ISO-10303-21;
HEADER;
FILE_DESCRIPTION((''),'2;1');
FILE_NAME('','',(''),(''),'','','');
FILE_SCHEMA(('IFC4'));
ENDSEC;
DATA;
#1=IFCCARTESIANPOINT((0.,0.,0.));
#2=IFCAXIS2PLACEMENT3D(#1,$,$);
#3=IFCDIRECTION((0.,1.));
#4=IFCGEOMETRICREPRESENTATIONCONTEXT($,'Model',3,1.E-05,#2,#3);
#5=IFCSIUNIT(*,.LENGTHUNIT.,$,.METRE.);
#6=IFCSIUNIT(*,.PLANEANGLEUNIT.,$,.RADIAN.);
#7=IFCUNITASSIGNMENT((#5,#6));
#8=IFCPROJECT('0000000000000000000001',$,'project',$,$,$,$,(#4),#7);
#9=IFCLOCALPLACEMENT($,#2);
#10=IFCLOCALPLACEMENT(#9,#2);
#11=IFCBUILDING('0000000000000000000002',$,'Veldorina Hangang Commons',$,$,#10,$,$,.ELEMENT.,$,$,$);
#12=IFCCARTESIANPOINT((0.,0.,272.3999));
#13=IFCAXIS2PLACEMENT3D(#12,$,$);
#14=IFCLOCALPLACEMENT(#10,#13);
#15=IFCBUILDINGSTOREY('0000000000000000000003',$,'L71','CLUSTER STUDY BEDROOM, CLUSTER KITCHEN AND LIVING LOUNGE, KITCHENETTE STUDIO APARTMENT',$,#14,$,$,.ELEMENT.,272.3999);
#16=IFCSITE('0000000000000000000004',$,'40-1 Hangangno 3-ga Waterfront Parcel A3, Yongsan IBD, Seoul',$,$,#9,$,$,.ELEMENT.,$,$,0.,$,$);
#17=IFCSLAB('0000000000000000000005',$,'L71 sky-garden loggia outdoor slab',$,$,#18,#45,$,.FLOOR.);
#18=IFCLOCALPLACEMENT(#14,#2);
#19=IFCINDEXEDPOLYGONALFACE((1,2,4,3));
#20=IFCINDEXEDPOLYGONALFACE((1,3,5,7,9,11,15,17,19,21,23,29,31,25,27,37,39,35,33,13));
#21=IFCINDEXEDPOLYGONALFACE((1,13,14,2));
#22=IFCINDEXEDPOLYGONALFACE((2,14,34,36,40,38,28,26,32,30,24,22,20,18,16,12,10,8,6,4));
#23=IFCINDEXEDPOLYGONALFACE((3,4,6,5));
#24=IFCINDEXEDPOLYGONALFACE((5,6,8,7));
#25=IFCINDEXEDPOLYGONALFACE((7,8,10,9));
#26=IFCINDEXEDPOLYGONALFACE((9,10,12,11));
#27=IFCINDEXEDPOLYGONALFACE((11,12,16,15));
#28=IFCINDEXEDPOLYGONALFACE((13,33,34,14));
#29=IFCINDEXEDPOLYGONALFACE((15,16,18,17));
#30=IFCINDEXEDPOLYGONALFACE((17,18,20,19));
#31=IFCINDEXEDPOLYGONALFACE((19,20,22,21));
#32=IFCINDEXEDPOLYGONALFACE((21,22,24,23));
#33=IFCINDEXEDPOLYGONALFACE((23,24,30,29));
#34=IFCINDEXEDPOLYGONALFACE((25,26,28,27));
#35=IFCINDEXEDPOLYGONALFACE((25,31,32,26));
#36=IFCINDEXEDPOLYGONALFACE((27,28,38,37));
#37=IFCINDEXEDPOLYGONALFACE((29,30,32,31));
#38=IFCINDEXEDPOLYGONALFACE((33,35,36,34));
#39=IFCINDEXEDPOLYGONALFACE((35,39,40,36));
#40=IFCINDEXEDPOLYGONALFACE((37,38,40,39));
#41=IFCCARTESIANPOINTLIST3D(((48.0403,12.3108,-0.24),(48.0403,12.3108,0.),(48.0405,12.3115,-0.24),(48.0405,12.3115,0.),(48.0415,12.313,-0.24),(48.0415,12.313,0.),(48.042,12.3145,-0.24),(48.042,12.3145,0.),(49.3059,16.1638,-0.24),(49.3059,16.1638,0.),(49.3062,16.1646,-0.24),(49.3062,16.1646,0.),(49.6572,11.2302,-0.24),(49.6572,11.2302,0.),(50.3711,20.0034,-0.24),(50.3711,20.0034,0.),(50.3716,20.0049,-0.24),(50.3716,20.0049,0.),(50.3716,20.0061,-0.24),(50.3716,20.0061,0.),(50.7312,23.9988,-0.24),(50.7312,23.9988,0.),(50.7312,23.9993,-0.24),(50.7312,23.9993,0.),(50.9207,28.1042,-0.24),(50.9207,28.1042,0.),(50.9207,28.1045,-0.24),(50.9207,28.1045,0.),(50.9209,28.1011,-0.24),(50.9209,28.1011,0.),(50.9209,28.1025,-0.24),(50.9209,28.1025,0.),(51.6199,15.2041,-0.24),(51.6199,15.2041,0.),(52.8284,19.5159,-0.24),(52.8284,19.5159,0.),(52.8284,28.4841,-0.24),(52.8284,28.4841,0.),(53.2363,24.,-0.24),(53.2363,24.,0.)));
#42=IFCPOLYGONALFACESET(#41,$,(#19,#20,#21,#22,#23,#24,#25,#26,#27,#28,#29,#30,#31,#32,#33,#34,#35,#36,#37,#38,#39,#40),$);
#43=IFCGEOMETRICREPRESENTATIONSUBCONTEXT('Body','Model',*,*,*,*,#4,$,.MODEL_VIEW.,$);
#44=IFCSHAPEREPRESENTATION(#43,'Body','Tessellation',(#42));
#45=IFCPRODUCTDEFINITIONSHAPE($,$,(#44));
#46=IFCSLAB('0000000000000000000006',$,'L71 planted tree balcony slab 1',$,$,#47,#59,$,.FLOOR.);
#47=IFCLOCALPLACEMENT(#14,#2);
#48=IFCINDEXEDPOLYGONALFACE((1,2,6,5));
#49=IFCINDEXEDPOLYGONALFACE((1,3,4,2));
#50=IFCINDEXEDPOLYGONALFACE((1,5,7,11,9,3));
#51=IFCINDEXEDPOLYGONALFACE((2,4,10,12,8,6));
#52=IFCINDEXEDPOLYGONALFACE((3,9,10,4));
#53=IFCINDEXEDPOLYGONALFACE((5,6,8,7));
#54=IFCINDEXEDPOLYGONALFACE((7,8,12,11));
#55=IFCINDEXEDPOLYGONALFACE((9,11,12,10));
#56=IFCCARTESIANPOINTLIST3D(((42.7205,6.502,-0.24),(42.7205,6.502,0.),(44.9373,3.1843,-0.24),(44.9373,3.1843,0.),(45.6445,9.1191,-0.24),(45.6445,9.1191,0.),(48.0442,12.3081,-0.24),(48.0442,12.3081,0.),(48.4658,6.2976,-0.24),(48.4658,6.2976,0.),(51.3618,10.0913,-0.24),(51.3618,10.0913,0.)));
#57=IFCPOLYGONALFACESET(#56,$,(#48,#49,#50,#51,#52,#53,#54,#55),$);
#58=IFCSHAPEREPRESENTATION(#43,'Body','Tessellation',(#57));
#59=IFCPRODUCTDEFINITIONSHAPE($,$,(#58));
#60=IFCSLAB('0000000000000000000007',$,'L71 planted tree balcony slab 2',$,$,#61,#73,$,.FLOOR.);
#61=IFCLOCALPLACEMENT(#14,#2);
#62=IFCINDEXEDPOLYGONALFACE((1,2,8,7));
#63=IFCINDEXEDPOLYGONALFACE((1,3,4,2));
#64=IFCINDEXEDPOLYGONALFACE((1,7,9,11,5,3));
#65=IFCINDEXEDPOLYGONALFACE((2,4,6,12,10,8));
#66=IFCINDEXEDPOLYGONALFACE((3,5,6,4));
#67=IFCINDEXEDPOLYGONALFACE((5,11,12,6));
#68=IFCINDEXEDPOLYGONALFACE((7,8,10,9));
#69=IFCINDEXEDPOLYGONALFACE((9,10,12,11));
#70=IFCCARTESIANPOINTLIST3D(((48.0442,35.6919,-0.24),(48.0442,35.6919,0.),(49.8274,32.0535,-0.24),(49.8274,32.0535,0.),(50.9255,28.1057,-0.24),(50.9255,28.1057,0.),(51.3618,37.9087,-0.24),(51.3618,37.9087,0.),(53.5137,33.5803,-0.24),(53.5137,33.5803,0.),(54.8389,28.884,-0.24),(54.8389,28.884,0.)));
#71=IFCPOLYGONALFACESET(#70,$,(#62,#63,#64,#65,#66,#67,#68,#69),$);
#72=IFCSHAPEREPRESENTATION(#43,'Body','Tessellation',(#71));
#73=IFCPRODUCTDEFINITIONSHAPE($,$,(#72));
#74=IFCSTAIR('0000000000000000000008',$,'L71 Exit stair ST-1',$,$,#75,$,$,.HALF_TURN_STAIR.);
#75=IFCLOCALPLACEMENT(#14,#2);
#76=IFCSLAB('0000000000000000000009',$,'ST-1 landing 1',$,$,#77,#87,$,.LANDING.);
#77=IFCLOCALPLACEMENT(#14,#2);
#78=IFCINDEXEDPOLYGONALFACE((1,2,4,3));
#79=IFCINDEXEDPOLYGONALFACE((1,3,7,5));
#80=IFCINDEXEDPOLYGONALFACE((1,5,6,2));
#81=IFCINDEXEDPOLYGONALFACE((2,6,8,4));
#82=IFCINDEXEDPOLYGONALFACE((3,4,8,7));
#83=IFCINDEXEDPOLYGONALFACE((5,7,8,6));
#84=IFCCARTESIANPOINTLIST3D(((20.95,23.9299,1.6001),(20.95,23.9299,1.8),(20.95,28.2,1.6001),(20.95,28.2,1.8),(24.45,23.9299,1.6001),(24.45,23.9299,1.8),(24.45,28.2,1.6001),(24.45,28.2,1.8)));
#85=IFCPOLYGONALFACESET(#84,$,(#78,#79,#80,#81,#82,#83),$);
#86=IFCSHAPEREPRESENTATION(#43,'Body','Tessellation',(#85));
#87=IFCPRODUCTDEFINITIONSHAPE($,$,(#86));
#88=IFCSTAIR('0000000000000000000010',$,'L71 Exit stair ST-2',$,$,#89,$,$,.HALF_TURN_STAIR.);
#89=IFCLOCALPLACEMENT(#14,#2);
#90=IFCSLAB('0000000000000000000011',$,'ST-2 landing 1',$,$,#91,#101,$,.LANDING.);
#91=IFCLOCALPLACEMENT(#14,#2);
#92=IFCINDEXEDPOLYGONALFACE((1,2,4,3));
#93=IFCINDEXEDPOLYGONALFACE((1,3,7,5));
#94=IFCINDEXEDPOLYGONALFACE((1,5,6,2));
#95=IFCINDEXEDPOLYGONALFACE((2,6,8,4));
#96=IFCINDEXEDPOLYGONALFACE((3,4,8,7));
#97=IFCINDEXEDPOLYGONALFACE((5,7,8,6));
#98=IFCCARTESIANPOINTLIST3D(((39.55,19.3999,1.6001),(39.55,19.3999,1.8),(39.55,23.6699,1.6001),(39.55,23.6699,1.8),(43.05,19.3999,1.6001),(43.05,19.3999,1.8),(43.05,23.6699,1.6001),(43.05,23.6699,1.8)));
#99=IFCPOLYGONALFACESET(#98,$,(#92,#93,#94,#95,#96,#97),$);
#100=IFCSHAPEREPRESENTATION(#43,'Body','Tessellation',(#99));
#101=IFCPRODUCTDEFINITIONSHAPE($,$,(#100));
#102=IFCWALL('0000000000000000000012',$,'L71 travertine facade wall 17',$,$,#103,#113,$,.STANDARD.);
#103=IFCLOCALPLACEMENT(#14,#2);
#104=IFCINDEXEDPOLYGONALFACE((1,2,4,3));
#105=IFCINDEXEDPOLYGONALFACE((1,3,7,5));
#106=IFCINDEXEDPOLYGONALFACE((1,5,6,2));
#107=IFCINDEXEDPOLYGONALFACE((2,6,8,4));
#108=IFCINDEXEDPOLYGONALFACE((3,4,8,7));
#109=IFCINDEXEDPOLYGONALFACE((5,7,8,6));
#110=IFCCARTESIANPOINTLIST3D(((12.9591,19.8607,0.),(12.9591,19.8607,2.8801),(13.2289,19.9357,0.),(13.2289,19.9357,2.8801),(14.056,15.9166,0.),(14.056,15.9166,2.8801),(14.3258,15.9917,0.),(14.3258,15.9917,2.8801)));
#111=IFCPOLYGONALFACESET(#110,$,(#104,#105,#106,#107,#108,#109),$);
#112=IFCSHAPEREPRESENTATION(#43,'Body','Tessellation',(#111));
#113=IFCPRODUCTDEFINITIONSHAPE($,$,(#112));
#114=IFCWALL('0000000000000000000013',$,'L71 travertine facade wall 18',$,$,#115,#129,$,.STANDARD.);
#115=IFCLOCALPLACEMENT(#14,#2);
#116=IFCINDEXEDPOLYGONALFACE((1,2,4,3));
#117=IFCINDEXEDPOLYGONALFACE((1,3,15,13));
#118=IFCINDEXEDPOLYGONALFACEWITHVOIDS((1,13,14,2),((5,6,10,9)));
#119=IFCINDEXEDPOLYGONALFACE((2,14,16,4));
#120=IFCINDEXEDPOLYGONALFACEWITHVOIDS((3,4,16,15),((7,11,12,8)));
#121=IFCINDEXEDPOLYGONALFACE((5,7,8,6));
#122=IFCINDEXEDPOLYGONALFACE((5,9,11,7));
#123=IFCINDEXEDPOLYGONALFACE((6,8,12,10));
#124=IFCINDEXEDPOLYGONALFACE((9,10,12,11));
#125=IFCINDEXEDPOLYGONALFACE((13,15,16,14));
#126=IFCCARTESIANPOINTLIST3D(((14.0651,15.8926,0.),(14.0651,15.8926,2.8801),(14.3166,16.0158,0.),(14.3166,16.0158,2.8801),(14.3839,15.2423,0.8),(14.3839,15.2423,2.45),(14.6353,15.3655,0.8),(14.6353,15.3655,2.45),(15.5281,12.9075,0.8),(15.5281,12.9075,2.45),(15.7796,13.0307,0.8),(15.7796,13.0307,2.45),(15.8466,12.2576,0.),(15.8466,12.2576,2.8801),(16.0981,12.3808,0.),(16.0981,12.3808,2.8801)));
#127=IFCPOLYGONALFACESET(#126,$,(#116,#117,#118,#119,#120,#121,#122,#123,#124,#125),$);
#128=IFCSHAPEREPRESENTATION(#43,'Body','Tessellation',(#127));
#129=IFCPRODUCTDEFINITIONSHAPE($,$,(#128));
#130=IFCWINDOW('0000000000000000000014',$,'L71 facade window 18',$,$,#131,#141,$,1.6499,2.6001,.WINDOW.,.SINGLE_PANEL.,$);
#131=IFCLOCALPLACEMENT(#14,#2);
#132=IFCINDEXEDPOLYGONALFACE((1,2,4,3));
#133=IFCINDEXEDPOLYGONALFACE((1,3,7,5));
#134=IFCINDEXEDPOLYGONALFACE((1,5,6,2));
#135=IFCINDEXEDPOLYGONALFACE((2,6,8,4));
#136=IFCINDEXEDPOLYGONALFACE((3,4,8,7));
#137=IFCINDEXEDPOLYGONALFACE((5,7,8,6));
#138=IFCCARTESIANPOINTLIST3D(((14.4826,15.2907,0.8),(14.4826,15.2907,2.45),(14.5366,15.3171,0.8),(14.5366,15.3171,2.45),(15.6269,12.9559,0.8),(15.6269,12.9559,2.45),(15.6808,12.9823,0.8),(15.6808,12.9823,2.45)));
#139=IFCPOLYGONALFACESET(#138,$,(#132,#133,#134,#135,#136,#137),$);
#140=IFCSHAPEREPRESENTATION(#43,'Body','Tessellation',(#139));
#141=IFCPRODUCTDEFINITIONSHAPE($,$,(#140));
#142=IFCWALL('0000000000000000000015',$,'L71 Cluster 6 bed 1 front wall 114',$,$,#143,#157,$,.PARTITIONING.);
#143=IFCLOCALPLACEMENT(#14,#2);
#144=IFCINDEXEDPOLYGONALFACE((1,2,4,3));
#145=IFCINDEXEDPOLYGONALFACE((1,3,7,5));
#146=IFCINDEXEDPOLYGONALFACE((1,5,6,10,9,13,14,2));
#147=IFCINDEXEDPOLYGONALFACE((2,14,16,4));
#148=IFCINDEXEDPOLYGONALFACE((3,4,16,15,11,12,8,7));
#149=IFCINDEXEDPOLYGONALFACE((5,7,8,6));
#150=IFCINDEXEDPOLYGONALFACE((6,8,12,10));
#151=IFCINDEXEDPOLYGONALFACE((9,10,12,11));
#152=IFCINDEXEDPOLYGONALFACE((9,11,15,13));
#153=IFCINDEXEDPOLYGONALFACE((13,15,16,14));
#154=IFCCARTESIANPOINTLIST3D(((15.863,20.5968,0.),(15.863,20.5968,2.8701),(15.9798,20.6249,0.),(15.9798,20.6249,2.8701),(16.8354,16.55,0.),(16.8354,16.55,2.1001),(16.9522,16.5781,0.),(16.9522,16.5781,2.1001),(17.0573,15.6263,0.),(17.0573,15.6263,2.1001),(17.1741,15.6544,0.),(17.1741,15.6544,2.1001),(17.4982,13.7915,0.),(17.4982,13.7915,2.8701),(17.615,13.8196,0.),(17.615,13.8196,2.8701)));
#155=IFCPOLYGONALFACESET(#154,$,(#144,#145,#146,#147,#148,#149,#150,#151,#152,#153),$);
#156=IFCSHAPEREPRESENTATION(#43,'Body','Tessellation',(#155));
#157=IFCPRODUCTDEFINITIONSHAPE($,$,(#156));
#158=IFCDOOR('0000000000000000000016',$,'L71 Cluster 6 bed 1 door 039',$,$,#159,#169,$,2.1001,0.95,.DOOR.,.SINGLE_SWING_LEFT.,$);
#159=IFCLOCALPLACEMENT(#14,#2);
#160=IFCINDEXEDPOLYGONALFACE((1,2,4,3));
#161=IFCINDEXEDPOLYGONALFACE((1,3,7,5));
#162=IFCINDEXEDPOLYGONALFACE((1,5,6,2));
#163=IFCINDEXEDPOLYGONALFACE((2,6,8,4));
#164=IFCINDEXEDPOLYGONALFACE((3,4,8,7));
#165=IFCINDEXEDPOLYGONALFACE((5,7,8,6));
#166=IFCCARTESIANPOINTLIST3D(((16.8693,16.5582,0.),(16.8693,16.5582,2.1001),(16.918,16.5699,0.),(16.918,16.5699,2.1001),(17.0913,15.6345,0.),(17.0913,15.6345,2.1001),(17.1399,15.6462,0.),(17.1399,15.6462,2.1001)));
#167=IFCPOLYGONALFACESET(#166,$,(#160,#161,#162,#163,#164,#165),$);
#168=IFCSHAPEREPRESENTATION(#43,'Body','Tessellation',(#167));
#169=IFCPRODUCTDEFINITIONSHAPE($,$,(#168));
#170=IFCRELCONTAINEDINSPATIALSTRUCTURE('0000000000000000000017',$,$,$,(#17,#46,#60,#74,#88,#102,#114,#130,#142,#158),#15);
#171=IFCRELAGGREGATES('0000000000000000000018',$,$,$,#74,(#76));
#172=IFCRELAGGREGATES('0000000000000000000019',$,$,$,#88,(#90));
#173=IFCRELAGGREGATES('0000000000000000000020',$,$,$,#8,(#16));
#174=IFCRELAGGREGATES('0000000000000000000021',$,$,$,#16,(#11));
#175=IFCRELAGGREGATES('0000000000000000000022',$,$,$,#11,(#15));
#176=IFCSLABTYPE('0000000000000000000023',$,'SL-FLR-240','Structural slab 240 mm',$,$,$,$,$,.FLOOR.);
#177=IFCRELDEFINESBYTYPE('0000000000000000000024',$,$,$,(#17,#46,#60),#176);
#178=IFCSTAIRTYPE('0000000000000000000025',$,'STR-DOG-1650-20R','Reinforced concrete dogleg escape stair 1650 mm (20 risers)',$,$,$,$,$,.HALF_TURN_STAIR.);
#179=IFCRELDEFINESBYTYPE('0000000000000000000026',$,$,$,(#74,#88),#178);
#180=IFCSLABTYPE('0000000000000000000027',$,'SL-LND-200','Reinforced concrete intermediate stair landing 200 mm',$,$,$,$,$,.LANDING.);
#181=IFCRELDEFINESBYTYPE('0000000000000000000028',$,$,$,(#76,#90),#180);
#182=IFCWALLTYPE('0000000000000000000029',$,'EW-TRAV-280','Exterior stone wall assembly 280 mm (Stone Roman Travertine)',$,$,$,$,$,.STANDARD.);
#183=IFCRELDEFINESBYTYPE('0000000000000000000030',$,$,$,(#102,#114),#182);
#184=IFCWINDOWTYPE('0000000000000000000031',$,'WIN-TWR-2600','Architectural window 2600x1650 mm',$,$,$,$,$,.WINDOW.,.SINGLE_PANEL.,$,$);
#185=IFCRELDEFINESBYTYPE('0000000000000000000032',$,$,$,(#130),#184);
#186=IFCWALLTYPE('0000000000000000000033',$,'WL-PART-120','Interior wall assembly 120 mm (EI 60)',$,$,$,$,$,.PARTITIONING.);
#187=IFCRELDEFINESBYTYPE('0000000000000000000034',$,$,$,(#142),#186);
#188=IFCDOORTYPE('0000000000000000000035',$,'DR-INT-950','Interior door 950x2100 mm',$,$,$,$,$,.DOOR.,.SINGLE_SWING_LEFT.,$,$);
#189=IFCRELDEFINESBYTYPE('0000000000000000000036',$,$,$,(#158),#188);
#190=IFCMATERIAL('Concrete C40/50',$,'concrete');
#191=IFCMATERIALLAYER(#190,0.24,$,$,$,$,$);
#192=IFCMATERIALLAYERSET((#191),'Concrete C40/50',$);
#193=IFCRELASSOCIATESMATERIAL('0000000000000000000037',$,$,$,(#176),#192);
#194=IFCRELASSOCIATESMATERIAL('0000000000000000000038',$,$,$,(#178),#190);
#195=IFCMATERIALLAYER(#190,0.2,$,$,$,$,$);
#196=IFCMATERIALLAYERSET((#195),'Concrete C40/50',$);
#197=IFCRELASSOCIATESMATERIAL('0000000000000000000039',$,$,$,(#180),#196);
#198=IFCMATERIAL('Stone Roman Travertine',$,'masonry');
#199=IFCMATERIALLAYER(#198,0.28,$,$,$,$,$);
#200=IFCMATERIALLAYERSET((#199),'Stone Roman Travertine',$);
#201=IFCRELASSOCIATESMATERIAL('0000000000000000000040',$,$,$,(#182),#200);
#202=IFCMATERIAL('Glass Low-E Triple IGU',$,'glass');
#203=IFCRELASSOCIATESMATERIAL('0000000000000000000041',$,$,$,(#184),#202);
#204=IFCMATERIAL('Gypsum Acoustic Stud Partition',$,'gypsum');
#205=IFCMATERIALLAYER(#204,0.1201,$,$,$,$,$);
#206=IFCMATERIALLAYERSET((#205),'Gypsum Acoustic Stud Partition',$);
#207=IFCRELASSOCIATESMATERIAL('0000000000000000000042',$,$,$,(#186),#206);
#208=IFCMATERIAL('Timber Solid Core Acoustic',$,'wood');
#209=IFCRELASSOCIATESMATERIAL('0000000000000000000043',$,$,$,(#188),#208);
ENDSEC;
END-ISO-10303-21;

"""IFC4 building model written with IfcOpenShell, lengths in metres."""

from ifc_helpers import new_model, si_unit, direction, frame, frame_2d, origin, place, context, subcontext, project, spatial, polyline, rectangle, outline, extrude, material, layer, layer_set, type_object, element, fill, aggregate, save


model = new_model("IFC4")

# Units and contexts
model_context = context("Model", 3, precision=1e-05, world=origin(), true_north=direction((0.0, 1.0)))
body_context = subcontext(model_context, "Body", "Model", "MODEL_VIEW")
ifc_project = project(units=[si_unit("LENGTHUNIT", "METRE"), si_unit("PLANEANGLEUNIT", "RADIAN")], contexts=[model_context])

# Site, building, storey
site_placement = place(None, origin())
site = spatial("IfcSite", under=ifc_project, at=site_placement, Name="40-1 Hangangno 3-ga Waterfront Parcel A3, Yongsan IBD, Seoul", CompositionType="ELEMENT", RefElevation=0.0)
building_placement = place(site_placement, origin())
building = spatial("IfcBuilding", under=site, at=building_placement, Name="Veldorina Hangang Commons", CompositionType="ELEMENT")
storey_placement = place(building_placement, frame((0.0, 0.0, 272.3999)))
storey = spatial("IfcBuildingStorey", under=building, at=storey_placement, Name="L71", Description="CLUSTER STUDY BEDROOM, CLUSTER KITCHEN AND LIVING LOUNGE, KITCHENETTE STUDIO APARTMENT", CompositionType="ELEMENT", Elevation=272.3999)

# Slabs
ifc_material_1 = material(Name="Concrete C40/50", Category="concrete")
ifc_layer_1 = layer(ifc_material_1, 0.24)
ifc_layer_set_1 = layer_set([ifc_layer_1], Name="Concrete C40/50")
slab_type_1 = type_object("IfcSlabType", Name="SL-FLR-240", Description="Structural slab 240 mm", PredefinedType="FLOOR", material=ifc_layer_set_1)
slab_1_placement = place(storey_placement, frame((0.0, 0.0, -0.24)))
element("IfcSlab", 1, at=slab_1_placement, inside=storey, type_object=slab_type_1, Name="L71 sky-garden loggia outdoor slab", PredefinedType="FLOOR", context=body_context, shape_type="SweptSolid", body=[
    extrude(outline(polyline([(52.8284, 28.4841), (53.2363, 24.0), (52.8284, 19.5159), (51.6199, 15.2041), (49.6572, 11.2302), (48.0403, 12.3108), (48.0405, 12.3115), (48.0415, 12.313), (48.042, 12.3145), (49.3059, 16.1638), (49.3062, 16.1646), (50.3711, 20.0034), (50.3716, 20.0049), (50.3716, 20.0061), (50.7312, 23.9988), (50.7312, 23.9993), (50.9209, 28.1011), (50.9209, 28.1025), (50.9207, 28.1042), (50.9207, 28.1045), (52.8284, 28.4841)])), origin(), (0.0, 0.0, 1.0), 0.24),
])
slab_2_placement = place(storey_placement, frame((0.0, 0.0, -0.24)))
element("IfcSlab", 2, at=slab_2_placement, inside=storey, type_object=slab_type_1, Name="L71 planted tree balcony slab 1", PredefinedType="FLOOR", context=body_context, shape_type="SweptSolid", body=[
    extrude(outline(polyline([(45.6445, 9.1191), (48.0442, 12.3081), (51.3618, 10.0913), (48.4658, 6.2976), (44.9373, 3.1843), (42.7205, 6.502), (45.6445, 9.1191)])), origin(), (0.0, 0.0, 1.0), 0.24),
])
slab_3_placement = place(storey_placement, frame((0.0, 0.0, -0.24)))
element("IfcSlab", 3, at=slab_3_placement, inside=storey, type_object=slab_type_1, Name="L71 planted tree balcony slab 2", PredefinedType="FLOOR", context=body_context, shape_type="SweptSolid", body=[
    extrude(outline(polyline([(49.8274, 32.0535), (48.0442, 35.6919), (51.3618, 37.9087), (53.5137, 33.5803), (54.8389, 28.884), (50.9255, 28.1057), (49.8274, 32.0535)])), origin(), (0.0, 0.0, 1.0), 0.24),
])

# Stairs, slabs
stair_type = type_object("IfcStairType", Name="STR-DOG-1650-20R", Description="Reinforced concrete dogleg escape stair 1650 mm (20 risers)", PredefinedType="HALF_TURN_STAIR", material=ifc_material_1)
stair_1_placement = place(storey_placement, origin())
stair_1 = element("IfcStair", 4, at=stair_1_placement, inside=storey, type_object=stair_type, Name="L71 Exit stair ST-1", PredefinedType="HALF_TURN_STAIR")
ifc_layer_2 = layer(ifc_material_1, 0.2)
ifc_layer_set_2 = layer_set([ifc_layer_2], Name="Concrete C40/50")
slab_type_2 = type_object("IfcSlabType", Name="SL-LND-200", Description="Reinforced concrete intermediate stair landing 200 mm", PredefinedType="LANDING", material=ifc_layer_set_2)
slab_4_placement = place(storey_placement, frame((0.0, 0.0, 1.6001)))
slab_4 = element("IfcSlab", 5, at=slab_4_placement, type_object=slab_type_2, Name="ST-1 landing 1", PredefinedType="LANDING", context=body_context, shape_type="SweptSolid", body=[
    extrude(outline(polyline([(24.45, 23.9299), (24.45, 28.2), (20.95, 28.2), (20.95, 23.9299), (24.45, 23.9299)])), origin(), (0.0, 0.0, 1.0), 0.2),
])
aggregate(stair_1, [slab_4])
stair_2_placement = place(storey_placement, origin())
stair_2 = element("IfcStair", 6, at=stair_2_placement, inside=storey, type_object=stair_type, Name="L71 Exit stair ST-2", PredefinedType="HALF_TURN_STAIR")
slab_5_placement = place(storey_placement, frame((0.0, 0.0, 1.6001)))
slab_5 = element("IfcSlab", 7, at=slab_5_placement, type_object=slab_type_2, Name="ST-2 landing 1", PredefinedType="LANDING", context=body_context, shape_type="SweptSolid", body=[
    extrude(outline(polyline([(39.55, 23.6699), (39.55, 19.3999), (43.05, 19.3999), (43.05, 23.6699), (39.55, 23.6699)])), origin(), (0.0, 0.0, 1.0), 0.2),
])
aggregate(stair_2, [slab_5])

# Wall
ifc_material_2 = material(Name="Stone Roman Travertine", Category="masonry")
ifc_layer_3 = layer(ifc_material_2, 0.28)
ifc_layer_set_3 = layer_set([ifc_layer_3], Name="Stone Roman Travertine")
wall_type_1 = type_object("IfcWallType", Name="EW-TRAV-280", Description="Exterior stone wall assembly 280 mm (Stone Roman Travertine)", PredefinedType="STANDARD", material=ifc_layer_set_3)
wall_1_placement = place(storey_placement, frame((13.094, 19.8982, 0.0), z_axis=(0.0, 0.0, 1.0), x_axis=(0.267948, -0.963433, 0.0)))
element("IfcWall", 8, at=wall_1_placement, inside=storey, type_object=wall_type_1, Name="L71 travertine facade wall 17", PredefinedType="STANDARD", context=body_context, shape_type="SweptSolid", body=[
    extrude(rectangle(XDim=4.0938, YDim=0.28, at=frame_2d((2.0469, 0.0))), origin(), (0.0, 0.0, 1.0), 2.8801),
])

# Wall, opening, window
wall_2_placement = place(storey_placement, frame((14.1909, 15.9541, 0.0), z_axis=(0.0, 0.0, 1.0), x_axis=(0.440083, -0.897957, 0.0)))
wall_2 = element("IfcWall", 9, at=wall_2_placement, inside=storey, type_object=wall_type_1, Name="L71 travertine facade wall 18", PredefinedType="STANDARD", context=body_context, shape_type="SweptSolid", body=[
    extrude(rectangle(XDim=4.0481, YDim=0.28, at=frame_2d((2.0239, 0.0))), origin(), (0.0, 0.0, 1.0), 2.8801),
])
opening_1_placement = place(wall_2_placement, frame((0.7241, 0.0, 0.8)))
opening_1 = element("IfcOpeningElement", 10, at=opening_1_placement, cuts=wall_2, PredefinedType="OPENING", context=body_context, shape_type="SweptSolid", body=[
    extrude(rectangle(XDim=2.6001, YDim=1.6499, at=frame_2d((1.3, 0.825))), frame((0.0, 0.1499, 0.0), z_axis=(0.0, -1.0, 0.0), x_axis=(1.0, 0.0, 0.0)), (0.0, 0.0, 1.0), 0.3),
])
ifc_material_3 = material(Name="Glass Low-E Triple IGU", Category="glass")
window_type = type_object("IfcWindowType", Name="WIN-TWR-2600", Description="Architectural window 2600x1650 mm", PartitioningType="SINGLE_PANEL", PredefinedType="WINDOW", material=ifc_material_3)
window_placement = place(opening_1_placement, origin())
window = element("IfcWindow", 11, at=window_placement, inside=storey, type_object=window_type, Name="L71 facade window 18", OverallHeight=1.6499, OverallWidth=2.6001, PartitioningType="SINGLE_PANEL", PredefinedType="WINDOW", context=body_context, shape_type="SweptSolid", body=[
    extrude(rectangle(XDim=2.6001, YDim=1.6499, at=frame_2d((1.3, 0.825))), frame((0.0, 0.03, 0.0), z_axis=(0.0, -1.0, 0.0), x_axis=(1.0, 0.0, 0.0)), (0.0, 0.0, 1.0), 0.0601),
])
fill(opening_1, window)

# Wall, opening, door
ifc_material_4 = material(Name="Gypsum Acoustic Stud Partition", Category="gypsum")
ifc_layer_4 = layer(ifc_material_4, 0.1201)
ifc_layer_set_4 = layer_set([ifc_layer_4], Name="Gypsum Acoustic Stud Partition")
wall_type_2 = type_object("IfcWallType", Name="WL-PART-120", Description="Interior wall assembly 120 mm (EI 60)", PredefinedType="PARTITIONING", material=ifc_layer_set_4)
wall_3_placement = place(storey_placement, frame((15.9214, 20.6108, 0.0), z_axis=(0.0, 0.0, 1.0), x_axis=(0.233637, -0.972324, 0.0)))
wall_3 = element("IfcWall", 12, at=wall_3_placement, inside=storey, type_object=wall_type_2, Name="L71 Cluster 6 bed 1 front wall 114", PredefinedType="PARTITIONING", context=body_context, shape_type="SweptSolid", body=[
    extrude(rectangle(XDim=6.999, YDim=0.1201, at=frame_2d((3.4995, 0.0))), origin(), (0.0, 0.0, 1.0), 2.8701),
])
opening_2_placement = place(wall_3_placement, frame((4.1619, 0.0, 0.0)))
opening_2 = element("IfcOpeningElement", 13, at=opening_2_placement, cuts=wall_3, PredefinedType="OPENING", context=body_context, shape_type="SweptSolid", body=[
    extrude(rectangle(XDim=0.95, YDim=2.1001, at=frame_2d((0.4751, 1.05))), frame((0.0, 0.0701, 0.0), z_axis=(0.0, -1.0, 0.0), x_axis=(1.0, 0.0, 0.0)), (0.0, 0.0, 1.0), 0.1401),
])
ifc_material_5 = material(Name="Timber Solid Core Acoustic", Category="wood")
door_type = type_object("IfcDoorType", Name="DR-INT-950", Description="Interior door 950x2100 mm", OperationType="SINGLE_SWING_LEFT", PredefinedType="DOOR", material=ifc_material_5)
door_placement = place(opening_2_placement, origin())
door = element("IfcDoor", 14, at=door_placement, inside=storey, type_object=door_type, Name="L71 Cluster 6 bed 1 door 039", OperationType="SINGLE_SWING_LEFT", OverallHeight=2.1001, OverallWidth=0.95, PredefinedType="DOOR", context=body_context, shape_type="SweptSolid", body=[
    extrude(rectangle(XDim=0.95, YDim=2.1001, at=frame_2d((0.4751, 1.05))), frame((0.0, 0.0249, 0.0), z_axis=(0.0, -1.0, 0.0), x_axis=(1.0, 0.0, 0.0)), (0.0, 0.0, 1.0), 0.05),
])
fill(opening_2, door)

save(model, "model.ifc")
